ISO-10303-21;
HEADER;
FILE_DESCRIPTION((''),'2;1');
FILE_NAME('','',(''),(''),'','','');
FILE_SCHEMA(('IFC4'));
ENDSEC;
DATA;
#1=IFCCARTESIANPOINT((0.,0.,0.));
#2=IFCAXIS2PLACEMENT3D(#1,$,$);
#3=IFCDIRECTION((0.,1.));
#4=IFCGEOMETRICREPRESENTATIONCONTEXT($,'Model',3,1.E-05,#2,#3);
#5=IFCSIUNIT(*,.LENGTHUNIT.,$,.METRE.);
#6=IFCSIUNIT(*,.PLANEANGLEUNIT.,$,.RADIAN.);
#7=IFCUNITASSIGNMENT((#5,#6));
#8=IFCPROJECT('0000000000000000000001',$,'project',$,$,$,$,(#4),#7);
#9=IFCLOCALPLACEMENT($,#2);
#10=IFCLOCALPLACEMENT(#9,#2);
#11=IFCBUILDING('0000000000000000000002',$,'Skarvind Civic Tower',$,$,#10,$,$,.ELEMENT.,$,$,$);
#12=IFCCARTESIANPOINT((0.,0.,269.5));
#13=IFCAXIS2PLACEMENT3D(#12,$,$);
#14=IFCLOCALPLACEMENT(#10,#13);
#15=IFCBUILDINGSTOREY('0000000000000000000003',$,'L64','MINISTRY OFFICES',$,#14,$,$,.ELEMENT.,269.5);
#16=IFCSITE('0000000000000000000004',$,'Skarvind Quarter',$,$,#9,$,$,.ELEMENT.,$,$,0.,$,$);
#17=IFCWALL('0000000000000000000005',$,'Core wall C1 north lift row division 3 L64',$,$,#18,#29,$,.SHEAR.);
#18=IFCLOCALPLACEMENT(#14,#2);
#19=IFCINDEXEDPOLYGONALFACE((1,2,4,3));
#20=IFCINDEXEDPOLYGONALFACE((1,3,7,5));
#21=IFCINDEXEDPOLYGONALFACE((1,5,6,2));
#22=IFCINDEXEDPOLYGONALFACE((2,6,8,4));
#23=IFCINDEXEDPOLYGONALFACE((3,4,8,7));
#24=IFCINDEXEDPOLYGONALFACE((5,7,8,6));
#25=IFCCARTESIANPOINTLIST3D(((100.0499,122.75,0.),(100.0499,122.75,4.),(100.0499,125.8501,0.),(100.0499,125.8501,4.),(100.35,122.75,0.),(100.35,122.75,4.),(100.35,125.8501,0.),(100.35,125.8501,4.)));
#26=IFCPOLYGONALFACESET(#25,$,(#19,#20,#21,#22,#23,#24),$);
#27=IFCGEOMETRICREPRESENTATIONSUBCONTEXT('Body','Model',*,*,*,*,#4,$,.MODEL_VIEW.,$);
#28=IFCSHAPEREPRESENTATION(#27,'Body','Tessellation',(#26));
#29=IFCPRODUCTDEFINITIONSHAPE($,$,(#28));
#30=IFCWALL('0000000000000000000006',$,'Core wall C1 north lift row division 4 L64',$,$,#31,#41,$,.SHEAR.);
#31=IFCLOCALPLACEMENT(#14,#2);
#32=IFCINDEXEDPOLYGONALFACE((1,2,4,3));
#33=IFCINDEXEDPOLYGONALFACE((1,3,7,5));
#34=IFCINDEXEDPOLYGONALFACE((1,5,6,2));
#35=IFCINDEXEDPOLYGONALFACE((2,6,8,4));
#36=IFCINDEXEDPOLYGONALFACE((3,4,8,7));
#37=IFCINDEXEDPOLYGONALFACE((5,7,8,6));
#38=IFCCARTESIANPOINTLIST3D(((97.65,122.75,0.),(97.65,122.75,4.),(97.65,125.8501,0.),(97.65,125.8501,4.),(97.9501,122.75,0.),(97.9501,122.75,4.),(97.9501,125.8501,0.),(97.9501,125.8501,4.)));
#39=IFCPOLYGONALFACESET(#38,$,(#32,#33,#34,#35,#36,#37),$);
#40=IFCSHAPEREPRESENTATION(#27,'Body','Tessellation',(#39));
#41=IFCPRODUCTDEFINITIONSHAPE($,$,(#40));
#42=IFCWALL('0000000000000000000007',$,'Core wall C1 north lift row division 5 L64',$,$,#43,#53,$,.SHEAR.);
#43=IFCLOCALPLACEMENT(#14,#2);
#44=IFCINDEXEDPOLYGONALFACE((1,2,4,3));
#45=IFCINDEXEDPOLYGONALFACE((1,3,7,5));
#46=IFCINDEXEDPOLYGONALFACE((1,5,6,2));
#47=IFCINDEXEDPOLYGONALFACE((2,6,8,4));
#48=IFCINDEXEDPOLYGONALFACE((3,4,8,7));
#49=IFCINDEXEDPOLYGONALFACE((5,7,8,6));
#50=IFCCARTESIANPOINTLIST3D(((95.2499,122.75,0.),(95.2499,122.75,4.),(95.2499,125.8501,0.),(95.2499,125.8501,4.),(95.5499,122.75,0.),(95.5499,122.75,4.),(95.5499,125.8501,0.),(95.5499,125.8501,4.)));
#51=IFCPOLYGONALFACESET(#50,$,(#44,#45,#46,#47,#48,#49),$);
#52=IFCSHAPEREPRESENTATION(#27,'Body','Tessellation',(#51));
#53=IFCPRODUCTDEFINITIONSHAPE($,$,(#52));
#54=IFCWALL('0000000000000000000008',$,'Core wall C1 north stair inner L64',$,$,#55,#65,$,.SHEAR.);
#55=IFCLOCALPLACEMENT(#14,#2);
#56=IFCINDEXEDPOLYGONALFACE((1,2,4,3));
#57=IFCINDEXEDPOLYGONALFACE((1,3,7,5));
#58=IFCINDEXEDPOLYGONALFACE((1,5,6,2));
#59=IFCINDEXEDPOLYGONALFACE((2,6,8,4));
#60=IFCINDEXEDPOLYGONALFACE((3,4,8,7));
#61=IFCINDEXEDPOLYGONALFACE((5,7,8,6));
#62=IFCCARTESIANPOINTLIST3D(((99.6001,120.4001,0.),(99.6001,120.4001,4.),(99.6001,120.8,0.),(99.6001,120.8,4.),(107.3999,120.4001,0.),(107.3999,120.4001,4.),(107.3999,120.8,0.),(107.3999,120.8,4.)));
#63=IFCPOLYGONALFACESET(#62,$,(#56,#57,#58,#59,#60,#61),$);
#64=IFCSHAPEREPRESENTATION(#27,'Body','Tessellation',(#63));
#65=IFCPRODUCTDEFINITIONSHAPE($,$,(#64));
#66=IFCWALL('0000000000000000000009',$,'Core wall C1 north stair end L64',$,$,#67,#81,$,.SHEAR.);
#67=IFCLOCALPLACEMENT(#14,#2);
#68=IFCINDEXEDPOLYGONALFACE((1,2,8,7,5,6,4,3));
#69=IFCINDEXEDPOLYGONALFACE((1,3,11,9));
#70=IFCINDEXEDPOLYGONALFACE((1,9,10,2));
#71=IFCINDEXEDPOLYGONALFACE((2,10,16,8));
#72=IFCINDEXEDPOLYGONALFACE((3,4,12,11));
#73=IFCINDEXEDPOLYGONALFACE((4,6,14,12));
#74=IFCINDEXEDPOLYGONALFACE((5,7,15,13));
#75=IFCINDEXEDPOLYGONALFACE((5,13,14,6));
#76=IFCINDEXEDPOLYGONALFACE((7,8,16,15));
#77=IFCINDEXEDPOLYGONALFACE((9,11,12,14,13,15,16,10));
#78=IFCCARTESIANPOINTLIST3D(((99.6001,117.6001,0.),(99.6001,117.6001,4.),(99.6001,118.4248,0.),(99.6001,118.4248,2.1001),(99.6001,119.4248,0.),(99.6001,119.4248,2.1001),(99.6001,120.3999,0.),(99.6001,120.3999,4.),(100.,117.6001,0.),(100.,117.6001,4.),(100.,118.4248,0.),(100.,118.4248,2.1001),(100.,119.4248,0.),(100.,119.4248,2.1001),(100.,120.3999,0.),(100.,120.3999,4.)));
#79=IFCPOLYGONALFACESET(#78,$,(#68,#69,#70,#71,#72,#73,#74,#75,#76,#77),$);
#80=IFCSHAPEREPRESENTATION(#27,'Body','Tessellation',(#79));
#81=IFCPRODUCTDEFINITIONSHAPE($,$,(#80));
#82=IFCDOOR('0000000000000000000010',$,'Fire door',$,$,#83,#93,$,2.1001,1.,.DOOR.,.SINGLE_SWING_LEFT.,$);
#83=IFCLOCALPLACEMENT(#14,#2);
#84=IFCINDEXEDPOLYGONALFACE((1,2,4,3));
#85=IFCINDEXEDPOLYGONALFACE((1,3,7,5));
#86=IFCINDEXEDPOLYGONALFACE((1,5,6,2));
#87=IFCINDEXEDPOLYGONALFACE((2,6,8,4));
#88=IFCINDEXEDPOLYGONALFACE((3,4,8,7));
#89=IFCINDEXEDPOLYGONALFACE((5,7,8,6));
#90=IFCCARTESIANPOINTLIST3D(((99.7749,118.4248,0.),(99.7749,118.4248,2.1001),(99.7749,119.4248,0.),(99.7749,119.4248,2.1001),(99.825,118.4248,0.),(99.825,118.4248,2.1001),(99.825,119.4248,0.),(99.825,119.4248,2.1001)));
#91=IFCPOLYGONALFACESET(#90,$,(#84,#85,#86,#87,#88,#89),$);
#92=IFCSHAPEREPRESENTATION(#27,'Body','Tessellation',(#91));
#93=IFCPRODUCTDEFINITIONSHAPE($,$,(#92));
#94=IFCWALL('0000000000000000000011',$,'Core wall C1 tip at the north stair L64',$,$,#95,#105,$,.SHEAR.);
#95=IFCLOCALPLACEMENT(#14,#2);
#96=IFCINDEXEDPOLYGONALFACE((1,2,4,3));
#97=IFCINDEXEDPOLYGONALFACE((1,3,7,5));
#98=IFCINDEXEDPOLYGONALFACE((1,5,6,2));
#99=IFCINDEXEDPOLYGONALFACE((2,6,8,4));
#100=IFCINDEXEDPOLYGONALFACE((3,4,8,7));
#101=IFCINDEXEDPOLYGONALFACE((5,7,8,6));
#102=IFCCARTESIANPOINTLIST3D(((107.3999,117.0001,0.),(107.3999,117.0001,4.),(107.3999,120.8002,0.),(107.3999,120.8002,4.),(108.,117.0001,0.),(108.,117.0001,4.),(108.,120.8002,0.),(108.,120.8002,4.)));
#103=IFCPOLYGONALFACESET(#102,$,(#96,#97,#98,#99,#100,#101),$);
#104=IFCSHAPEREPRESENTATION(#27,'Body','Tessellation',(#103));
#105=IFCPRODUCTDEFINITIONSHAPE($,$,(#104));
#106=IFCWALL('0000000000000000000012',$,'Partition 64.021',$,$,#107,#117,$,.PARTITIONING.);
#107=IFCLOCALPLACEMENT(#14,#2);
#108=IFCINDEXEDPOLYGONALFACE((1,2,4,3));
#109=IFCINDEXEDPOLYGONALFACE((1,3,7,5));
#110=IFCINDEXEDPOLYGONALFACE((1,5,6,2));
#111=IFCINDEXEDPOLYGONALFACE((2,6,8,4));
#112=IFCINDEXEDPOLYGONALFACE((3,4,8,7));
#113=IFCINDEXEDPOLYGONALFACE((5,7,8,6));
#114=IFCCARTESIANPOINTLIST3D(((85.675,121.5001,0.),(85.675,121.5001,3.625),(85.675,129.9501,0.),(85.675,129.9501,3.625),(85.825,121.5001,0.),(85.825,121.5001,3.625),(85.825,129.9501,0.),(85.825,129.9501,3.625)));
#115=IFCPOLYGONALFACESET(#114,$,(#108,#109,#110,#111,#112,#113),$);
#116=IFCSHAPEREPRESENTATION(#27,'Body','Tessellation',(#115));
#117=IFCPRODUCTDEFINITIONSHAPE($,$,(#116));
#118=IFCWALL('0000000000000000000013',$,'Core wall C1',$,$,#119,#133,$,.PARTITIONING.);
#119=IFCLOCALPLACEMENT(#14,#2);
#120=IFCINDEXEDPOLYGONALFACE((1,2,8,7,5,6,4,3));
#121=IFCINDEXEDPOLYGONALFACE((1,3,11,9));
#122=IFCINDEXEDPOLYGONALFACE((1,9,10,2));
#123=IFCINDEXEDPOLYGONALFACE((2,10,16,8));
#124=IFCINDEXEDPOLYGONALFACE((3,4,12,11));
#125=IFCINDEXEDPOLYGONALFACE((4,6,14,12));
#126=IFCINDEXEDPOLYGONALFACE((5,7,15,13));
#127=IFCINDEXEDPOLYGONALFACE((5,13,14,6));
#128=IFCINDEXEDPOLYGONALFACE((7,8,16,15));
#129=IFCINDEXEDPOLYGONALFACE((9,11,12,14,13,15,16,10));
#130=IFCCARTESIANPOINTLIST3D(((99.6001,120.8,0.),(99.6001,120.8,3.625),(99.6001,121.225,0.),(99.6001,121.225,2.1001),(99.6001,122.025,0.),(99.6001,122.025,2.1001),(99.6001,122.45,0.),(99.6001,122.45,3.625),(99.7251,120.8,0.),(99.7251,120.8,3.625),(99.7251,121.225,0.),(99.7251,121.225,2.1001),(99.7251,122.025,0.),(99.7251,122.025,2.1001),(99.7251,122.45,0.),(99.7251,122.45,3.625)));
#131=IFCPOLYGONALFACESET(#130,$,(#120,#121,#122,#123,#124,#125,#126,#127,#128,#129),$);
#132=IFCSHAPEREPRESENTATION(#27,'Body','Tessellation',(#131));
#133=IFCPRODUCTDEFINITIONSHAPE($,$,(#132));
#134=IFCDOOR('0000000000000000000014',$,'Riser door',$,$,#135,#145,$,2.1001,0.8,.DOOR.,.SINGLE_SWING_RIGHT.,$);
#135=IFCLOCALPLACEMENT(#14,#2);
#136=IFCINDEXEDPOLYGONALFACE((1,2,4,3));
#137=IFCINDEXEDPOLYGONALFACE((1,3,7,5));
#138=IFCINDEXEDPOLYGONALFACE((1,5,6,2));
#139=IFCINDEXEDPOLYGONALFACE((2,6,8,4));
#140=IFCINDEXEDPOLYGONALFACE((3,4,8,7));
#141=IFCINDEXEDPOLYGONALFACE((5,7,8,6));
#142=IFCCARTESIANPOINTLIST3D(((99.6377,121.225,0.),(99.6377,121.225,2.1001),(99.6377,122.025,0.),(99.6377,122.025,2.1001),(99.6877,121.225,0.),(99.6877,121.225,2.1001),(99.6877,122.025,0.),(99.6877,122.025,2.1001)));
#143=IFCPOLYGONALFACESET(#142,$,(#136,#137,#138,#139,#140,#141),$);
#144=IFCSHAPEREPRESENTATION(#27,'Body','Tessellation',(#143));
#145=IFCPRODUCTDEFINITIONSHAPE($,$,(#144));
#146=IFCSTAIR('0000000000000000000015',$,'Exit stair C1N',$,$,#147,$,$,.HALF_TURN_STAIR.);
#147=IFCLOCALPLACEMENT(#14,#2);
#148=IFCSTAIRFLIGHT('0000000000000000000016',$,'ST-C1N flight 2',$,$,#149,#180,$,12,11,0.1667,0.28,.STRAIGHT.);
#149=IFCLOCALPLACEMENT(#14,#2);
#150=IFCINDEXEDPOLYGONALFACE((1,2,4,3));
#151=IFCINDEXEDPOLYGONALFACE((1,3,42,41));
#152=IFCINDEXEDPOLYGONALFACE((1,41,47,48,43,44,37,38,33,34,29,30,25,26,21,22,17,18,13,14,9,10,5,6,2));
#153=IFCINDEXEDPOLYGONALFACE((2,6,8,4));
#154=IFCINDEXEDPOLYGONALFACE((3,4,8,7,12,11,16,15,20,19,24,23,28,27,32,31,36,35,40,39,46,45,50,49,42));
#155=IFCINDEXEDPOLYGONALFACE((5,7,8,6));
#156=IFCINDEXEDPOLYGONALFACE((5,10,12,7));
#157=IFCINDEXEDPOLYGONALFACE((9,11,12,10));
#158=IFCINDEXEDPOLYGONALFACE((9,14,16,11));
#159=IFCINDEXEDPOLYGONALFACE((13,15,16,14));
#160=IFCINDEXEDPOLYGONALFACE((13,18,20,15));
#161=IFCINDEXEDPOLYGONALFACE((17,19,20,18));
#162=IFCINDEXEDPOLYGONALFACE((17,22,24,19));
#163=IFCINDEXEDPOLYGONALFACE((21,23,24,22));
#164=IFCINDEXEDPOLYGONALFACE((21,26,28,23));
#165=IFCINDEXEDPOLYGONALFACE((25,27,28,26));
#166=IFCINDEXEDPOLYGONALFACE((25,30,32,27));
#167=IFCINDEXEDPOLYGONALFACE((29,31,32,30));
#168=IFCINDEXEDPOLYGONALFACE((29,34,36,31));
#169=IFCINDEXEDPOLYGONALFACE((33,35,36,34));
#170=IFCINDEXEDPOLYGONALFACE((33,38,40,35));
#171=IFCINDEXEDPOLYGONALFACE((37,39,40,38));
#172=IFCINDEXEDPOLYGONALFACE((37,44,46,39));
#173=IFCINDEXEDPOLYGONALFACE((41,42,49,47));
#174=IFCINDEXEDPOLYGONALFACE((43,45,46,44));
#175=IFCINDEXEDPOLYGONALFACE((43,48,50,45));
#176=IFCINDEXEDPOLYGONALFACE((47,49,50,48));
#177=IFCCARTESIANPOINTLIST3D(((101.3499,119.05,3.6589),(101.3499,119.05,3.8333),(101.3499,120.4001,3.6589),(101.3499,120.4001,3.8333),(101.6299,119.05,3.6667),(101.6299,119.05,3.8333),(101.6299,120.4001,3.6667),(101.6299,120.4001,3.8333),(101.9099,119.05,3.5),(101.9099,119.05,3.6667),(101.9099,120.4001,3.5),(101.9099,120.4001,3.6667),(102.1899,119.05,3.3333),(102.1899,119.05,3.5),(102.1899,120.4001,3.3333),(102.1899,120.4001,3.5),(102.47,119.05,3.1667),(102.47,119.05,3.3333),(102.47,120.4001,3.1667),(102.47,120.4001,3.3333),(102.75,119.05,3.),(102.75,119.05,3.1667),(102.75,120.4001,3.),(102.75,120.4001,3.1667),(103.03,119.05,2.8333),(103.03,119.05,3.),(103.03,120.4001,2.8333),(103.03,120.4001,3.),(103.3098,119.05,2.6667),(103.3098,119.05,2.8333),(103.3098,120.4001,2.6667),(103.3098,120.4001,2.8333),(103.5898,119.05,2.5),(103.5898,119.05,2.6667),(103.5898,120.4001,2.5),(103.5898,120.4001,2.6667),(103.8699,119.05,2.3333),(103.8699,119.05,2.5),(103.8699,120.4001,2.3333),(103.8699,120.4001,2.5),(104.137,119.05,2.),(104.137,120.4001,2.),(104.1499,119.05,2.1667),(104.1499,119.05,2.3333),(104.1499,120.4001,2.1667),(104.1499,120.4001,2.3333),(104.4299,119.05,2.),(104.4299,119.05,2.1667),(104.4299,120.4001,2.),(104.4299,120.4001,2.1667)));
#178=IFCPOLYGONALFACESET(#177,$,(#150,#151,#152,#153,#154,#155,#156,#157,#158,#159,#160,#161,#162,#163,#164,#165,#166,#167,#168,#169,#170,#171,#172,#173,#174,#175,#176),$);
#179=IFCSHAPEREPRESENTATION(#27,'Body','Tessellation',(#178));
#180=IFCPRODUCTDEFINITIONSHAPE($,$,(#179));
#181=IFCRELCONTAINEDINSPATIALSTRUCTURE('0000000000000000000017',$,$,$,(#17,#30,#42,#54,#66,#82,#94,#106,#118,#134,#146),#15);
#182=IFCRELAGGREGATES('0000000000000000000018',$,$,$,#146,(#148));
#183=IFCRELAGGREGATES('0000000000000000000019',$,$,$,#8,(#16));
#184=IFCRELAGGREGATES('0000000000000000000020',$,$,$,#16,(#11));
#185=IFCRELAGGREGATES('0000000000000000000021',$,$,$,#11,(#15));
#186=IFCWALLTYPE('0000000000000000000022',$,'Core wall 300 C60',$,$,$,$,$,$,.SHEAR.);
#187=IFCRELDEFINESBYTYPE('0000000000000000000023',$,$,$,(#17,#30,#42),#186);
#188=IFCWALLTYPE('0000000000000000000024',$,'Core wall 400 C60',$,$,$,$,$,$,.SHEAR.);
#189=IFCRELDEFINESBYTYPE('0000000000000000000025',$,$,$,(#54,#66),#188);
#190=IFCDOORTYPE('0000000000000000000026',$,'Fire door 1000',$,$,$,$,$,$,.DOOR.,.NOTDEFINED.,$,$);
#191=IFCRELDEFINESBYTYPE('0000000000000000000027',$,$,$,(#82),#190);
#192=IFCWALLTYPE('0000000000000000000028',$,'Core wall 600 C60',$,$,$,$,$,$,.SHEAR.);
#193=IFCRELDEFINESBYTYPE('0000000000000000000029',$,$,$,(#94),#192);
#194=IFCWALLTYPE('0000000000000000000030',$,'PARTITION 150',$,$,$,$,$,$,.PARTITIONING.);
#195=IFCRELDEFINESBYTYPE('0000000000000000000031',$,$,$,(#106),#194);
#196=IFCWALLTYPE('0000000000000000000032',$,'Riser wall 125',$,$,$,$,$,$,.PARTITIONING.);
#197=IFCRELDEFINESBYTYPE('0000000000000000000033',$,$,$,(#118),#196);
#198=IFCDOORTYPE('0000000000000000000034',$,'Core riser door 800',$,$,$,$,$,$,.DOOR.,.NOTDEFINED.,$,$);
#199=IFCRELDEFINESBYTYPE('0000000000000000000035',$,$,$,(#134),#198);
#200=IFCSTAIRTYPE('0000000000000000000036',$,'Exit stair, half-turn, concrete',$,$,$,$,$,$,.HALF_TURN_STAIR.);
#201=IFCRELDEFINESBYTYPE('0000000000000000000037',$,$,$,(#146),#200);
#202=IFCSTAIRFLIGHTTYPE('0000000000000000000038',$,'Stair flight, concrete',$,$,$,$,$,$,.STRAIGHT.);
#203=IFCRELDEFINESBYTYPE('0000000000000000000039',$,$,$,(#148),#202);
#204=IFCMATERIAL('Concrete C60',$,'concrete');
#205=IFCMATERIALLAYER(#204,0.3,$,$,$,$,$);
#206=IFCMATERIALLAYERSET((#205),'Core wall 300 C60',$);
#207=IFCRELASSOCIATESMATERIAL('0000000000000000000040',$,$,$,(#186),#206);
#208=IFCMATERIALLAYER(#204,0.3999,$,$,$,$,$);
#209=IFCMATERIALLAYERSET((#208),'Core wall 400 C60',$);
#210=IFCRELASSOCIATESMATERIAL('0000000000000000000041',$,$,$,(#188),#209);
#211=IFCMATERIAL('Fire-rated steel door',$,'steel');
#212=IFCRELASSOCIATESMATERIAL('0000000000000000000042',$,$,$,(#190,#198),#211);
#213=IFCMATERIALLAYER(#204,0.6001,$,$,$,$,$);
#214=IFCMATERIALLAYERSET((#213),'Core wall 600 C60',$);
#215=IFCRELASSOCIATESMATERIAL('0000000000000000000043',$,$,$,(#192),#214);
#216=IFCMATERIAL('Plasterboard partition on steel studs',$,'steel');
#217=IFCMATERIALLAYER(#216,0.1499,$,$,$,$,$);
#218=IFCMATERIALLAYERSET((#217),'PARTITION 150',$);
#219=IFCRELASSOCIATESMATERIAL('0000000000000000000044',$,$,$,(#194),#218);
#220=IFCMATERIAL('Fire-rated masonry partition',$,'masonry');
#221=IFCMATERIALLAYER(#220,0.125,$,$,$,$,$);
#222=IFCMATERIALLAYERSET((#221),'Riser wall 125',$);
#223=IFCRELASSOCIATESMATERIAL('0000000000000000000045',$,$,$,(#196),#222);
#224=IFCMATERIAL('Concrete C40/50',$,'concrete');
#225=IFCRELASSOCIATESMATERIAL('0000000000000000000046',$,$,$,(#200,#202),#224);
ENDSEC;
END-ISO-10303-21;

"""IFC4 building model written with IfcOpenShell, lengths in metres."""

from ifc_helpers import new_model, si_unit, direction, frame, frame_2d, origin, place, context, subcontext, project, spatial, polyline, rectangle, outline, extrude, material, layer, layer_set, type_object, element, fill, aggregate, save


model = new_model("IFC4")

# Units and contexts
model_context = context("Model", 3, precision=1e-05, world=origin(), true_north=direction((0.0, 1.0)))
body_context = subcontext(model_context, "Body", "Model", "MODEL_VIEW")
ifc_project = project(units=[si_unit("LENGTHUNIT", "METRE"), si_unit("PLANEANGLEUNIT", "RADIAN")], contexts=[model_context])

# Site, building, storey
site_placement = place(None, origin())
site = spatial("IfcSite", under=ifc_project, at=site_placement, Name="Skarvind Quarter", CompositionType="ELEMENT", RefElevation=0.0)
building_placement = place(site_placement, origin())
building = spatial("IfcBuilding", under=site, at=building_placement, Name="Skarvind Civic Tower", CompositionType="ELEMENT")
storey_placement = place(building_placement, frame((0.0, 0.0, 269.5)))
storey = spatial("IfcBuildingStorey", under=building, at=storey_placement, Name="L64", Description="MINISTRY OFFICES", CompositionType="ELEMENT", Elevation=269.5)

# Shared definitions
ifc_material_1 = material(Name="Concrete C60", Category="concrete")

# Shared definitions
ifc_layer_1 = layer(ifc_material_1, 0.3)
ifc_layer_set_1 = layer_set([ifc_layer_1], Name="Core wall 300 C60")
wall_type_1 = type_object("IfcWallType", Name="Core wall 300 C60", PredefinedType="SHEAR", material=ifc_layer_set_1)

# Walls
for number, where, z_axis, x_axis, name in (
    (1, (100.2, 125.8501, 0.0), (0.0, 0.0, 1.0), (0.0, -1.0, 0.0), "Core wall C1 north lift row division 3 L64"),
    (2, (97.8, 125.8501, 0.0), (0.0, 0.0, 1.0), (0.0, -1.0, 0.0), "Core wall C1 north lift row division 4 L64"),
    (3, (95.3999, 125.8501, 0.0), (0.0, 0.0, 1.0), (0.0, -1.0, 0.0), "Core wall C1 north lift row division 5 L64"),
):
    element("IfcWall", number, at=place(storey_placement, frame(where, z_axis=z_axis, x_axis=x_axis)), inside=storey, type_object=wall_type_1, Name=name, PredefinedType="SHEAR", context=body_context, shape_type="SweptSolid", body=[
        extrude(rectangle(XDim=3.1001, YDim=0.3, at=frame_2d((1.55, 0.0))), origin(), (0.0, 0.0, 1.0), 4.0),
    ])
ifc_layer_2 = layer(ifc_material_1, 0.3999)
ifc_layer_set_2 = layer_set([ifc_layer_2], Name="Core wall 400 C60")
wall_type_2 = type_object("IfcWallType", Name="Core wall 400 C60", PredefinedType="SHEAR", material=ifc_layer_set_2)
wall_1_placement = place(storey_placement, frame((107.3999, 120.6001, 0.0), z_axis=(0.0, 0.0, 1.0), x_axis=(-1.0, 0.0, 0.0)))
element("IfcWall", 4, at=wall_1_placement, inside=storey, type_object=wall_type_2, Name="Core wall C1 north stair inner L64", PredefinedType="SHEAR", context=body_context, shape_type="SweptSolid", body=[
    extrude(rectangle(XDim=7.7998, YDim=0.3999, at=frame_2d((3.8999, 0.0))), origin(), (0.0, 0.0, 1.0), 4.0),
])

# Wall, opening, door
wall_2_placement = place(storey_placement, frame((99.8, 120.3999, 0.0), z_axis=(0.0, 0.0, 1.0), x_axis=(0.0, -1.0, 0.0)))
wall_2 = element("IfcWall", 5, at=wall_2_placement, inside=storey, type_object=wall_type_2, Name="Core wall C1 north stair end L64", PredefinedType="SHEAR", context=body_context, shape_type="SweptSolid", body=[
    extrude(rectangle(XDim=2.7998, YDim=0.3999, at=frame_2d((1.3999, 0.0))), origin(), (0.0, 0.0, 1.0), 4.0),
])
opening_1_placement = place(wall_2_placement, frame((0.9751, 0.0, 0.0)))
opening_1 = element("IfcOpeningElement", 6, at=opening_1_placement, cuts=wall_2, PredefinedType="OPENING", context=body_context, shape_type="SweptSolid", body=[
    extrude(rectangle(XDim=1.0, YDim=2.1001, at=frame_2d((0.5, 1.05))), frame((0.0, 0.21, 0.0), z_axis=(0.0, -1.0, 0.0), x_axis=(1.0, 0.0, 0.0)), (0.0, 0.0, 1.0), 0.4199),
])
ifc_material_2 = material(Name="Fire-rated steel door", Category="steel")
door_type_1 = type_object("IfcDoorType", Name="Fire door 1000", OperationType="NOTDEFINED", PredefinedType="DOOR", material=ifc_material_2)
door_1_placement = place(opening_1_placement, origin())
door_1 = element("IfcDoor", 7, at=door_1_placement, inside=storey, type_object=door_type_1, Name="Fire door", OperationType="SINGLE_SWING_LEFT", OverallHeight=2.1001, OverallWidth=1.0, PredefinedType="DOOR", context=body_context, shape_type="SweptSolid", body=[
    extrude(rectangle(XDim=1.0, YDim=2.1001, at=frame_2d((0.5, 1.05))), frame((0.0, 0.0249, 0.0), z_axis=(0.0, -1.0, 0.0), x_axis=(1.0, 0.0, 0.0)), (0.0, 0.0, 1.0), 0.05),
])
fill(opening_1, door_1)

# Walls
ifc_layer_3 = layer(ifc_material_1, 0.6001)
ifc_layer_set_3 = layer_set([ifc_layer_3], Name="Core wall 600 C60")
wall_type_3 = type_object("IfcWallType", Name="Core wall 600 C60", PredefinedType="SHEAR", material=ifc_layer_set_3)
wall_3_placement = place(storey_placement, frame((107.7, 120.8, 0.0), z_axis=(0.0, 0.0, 1.0), x_axis=(0.0, -1.0, 0.0)))
element("IfcWall", 8, at=wall_3_placement, inside=storey, type_object=wall_type_3, Name="Core wall C1 tip at the north stair L64", PredefinedType="SHEAR", context=body_context, shape_type="SweptSolid", body=[
    extrude(rectangle(XDim=3.8, YDim=0.6001, at=frame_2d((1.8999, 0.0))), origin(), (0.0, 0.0, 1.0), 4.0),
])
ifc_material_3 = material(Name="Plasterboard partition on steel studs", Category="steel")
ifc_layer_4 = layer(ifc_material_3, 0.1499)
ifc_layer_set_4 = layer_set([ifc_layer_4], Name="PARTITION 150")
wall_type_4 = type_object("IfcWallType", Name="PARTITION 150", PredefinedType="PARTITIONING", material=ifc_layer_set_4)
wall_4_placement = place(storey_placement, frame((85.75, 121.5, 0.0), z_axis=(0.0, 0.0, 1.0), x_axis=(0.0, 1.0, 0.0)))
element("IfcWall", 9, at=wall_4_placement, inside=storey, type_object=wall_type_4, Name="Partition 64.021", PredefinedType="PARTITIONING", context=body_context, shape_type="SweptSolid", body=[
    extrude(rectangle(XDim=8.45, YDim=0.1499, at=frame_2d((4.2251, 0.0))), origin(), (0.0, 0.0, 1.0), 3.625),
])

# Wall, opening, door
ifc_material_4 = material(Name="Fire-rated masonry partition", Category="masonry")
ifc_layer_5 = layer(ifc_material_4, 0.125)
ifc_layer_set_5 = layer_set([ifc_layer_5], Name="Riser wall 125")
wall_type_5 = type_object("IfcWallType", Name="Riser wall 125", PredefinedType="PARTITIONING", material=ifc_layer_set_5)
wall_5_placement = place(storey_placement, frame((99.6626, 120.8, 0.0), z_axis=(0.0, 0.0, 1.0), x_axis=(0.0, 1.0, 0.0)))
wall_5 = element("IfcWall", 10, at=wall_5_placement, inside=storey, type_object=wall_type_5, Name="Core wall C1", PredefinedType="PARTITIONING", context=body_context, shape_type="SweptSolid", body=[
    extrude(rectangle(XDim=1.6499, YDim=0.125, at=frame_2d((0.825, 0.0))), origin(), (0.0, 0.0, 1.0), 3.625),
])
opening_2_placement = place(wall_5_placement, frame((0.425, 0.0, 0.0)))
opening_2 = element("IfcOpeningElement", 11, at=opening_2_placement, cuts=wall_5, PredefinedType="OPENING", context=body_context, shape_type="SweptSolid", body=[
    extrude(rectangle(XDim=0.8, YDim=2.1001, at=frame_2d((0.3999, 1.05))), frame((0.0, 0.0725, 0.0), z_axis=(0.0, -1.0, 0.0), x_axis=(1.0, 0.0, 0.0)), (0.0, 0.0, 1.0), 0.145),
])
door_type_2 = type_object("IfcDoorType", Name="Core riser door 800", OperationType="NOTDEFINED", PredefinedType="DOOR", material=ifc_material_2)
door_2_placement = place(opening_2_placement, origin())
door_2 = element("IfcDoor", 12, at=door_2_placement, inside=storey, type_object=door_type_2, Name="Riser door", OperationType="SINGLE_SWING_RIGHT", OverallHeight=2.1001, OverallWidth=0.8, PredefinedType="DOOR", context=body_context, shape_type="SweptSolid", body=[
    extrude(rectangle(XDim=0.8, YDim=2.1001, at=frame_2d((0.3999, 1.05))), frame((0.0, 0.0249, 0.0), z_axis=(0.0, -1.0, 0.0), x_axis=(1.0, 0.0, 0.0)), (0.0, 0.0, 1.0), 0.05),
])
fill(opening_2, door_2)

# Stair, stair flight
ifc_material_5 = material(Name="Concrete C40/50", Category="concrete")
stair_type = type_object("IfcStairType", Name="Exit stair, half-turn, concrete", PredefinedType="HALF_TURN_STAIR", material=ifc_material_5)
stair_placement = place(storey_placement, origin())
stair = element("IfcStair", 13, at=stair_placement, inside=storey, type_object=stair_type, Name="Exit stair C1N", PredefinedType="HALF_TURN_STAIR")
stair_flight_type = type_object("IfcStairFlightType", Name="Stair flight, concrete", PredefinedType="STRAIGHT", material=ifc_material_5)
stair_flight_placement = place(storey_placement, frame((104.4299, 119.7251, 2.0), z_axis=(0.0, 0.0, 1.0), x_axis=(-1.0, 0.0, 0.0)))
stair_flight = element("IfcStairFlight", 14, at=stair_flight_placement, type_object=stair_flight_type, Name="ST-C1N flight 2", NumberOfRisers=12, NumberOfTreads=11, PredefinedType="STRAIGHT", RiserHeight=0.1667, TreadLength=0.28, context=body_context, shape_type="SweptSolid", body=[
    extrude(outline(polyline([(0.0, 0.0), (0.0, 0.1667), (0.28, 0.1667), (0.28, 0.3333), (0.5601, 0.3333), (0.5601, 0.5), (0.8401, 0.5), (0.8401, 0.6667), (1.1201, 0.6667), (1.1201, 0.8333), (1.3999, 0.8333), (1.3999, 1.0), (1.6799, 1.0), (1.6799, 1.1667), (1.96, 1.1667), (1.96, 1.3333), (2.24, 1.3333), (2.24, 1.5), (2.52, 1.5), (2.52, 1.6667), (2.8, 1.6667), (2.8, 1.8333), (3.0801, 1.8333), (3.0801, 2.0), (3.0801, 1.6589), (0.293, 0.0), (0.0, 0.0)])), frame((0.0, 0.675, 0.0), z_axis=(0.0, -1.0, 0.0), x_axis=(1.0, 0.0, 0.0)), (0.0, 0.0, 1.0), 1.3501),
])
aggregate(stair, [stair_flight])

save(model, "model.ifc")
